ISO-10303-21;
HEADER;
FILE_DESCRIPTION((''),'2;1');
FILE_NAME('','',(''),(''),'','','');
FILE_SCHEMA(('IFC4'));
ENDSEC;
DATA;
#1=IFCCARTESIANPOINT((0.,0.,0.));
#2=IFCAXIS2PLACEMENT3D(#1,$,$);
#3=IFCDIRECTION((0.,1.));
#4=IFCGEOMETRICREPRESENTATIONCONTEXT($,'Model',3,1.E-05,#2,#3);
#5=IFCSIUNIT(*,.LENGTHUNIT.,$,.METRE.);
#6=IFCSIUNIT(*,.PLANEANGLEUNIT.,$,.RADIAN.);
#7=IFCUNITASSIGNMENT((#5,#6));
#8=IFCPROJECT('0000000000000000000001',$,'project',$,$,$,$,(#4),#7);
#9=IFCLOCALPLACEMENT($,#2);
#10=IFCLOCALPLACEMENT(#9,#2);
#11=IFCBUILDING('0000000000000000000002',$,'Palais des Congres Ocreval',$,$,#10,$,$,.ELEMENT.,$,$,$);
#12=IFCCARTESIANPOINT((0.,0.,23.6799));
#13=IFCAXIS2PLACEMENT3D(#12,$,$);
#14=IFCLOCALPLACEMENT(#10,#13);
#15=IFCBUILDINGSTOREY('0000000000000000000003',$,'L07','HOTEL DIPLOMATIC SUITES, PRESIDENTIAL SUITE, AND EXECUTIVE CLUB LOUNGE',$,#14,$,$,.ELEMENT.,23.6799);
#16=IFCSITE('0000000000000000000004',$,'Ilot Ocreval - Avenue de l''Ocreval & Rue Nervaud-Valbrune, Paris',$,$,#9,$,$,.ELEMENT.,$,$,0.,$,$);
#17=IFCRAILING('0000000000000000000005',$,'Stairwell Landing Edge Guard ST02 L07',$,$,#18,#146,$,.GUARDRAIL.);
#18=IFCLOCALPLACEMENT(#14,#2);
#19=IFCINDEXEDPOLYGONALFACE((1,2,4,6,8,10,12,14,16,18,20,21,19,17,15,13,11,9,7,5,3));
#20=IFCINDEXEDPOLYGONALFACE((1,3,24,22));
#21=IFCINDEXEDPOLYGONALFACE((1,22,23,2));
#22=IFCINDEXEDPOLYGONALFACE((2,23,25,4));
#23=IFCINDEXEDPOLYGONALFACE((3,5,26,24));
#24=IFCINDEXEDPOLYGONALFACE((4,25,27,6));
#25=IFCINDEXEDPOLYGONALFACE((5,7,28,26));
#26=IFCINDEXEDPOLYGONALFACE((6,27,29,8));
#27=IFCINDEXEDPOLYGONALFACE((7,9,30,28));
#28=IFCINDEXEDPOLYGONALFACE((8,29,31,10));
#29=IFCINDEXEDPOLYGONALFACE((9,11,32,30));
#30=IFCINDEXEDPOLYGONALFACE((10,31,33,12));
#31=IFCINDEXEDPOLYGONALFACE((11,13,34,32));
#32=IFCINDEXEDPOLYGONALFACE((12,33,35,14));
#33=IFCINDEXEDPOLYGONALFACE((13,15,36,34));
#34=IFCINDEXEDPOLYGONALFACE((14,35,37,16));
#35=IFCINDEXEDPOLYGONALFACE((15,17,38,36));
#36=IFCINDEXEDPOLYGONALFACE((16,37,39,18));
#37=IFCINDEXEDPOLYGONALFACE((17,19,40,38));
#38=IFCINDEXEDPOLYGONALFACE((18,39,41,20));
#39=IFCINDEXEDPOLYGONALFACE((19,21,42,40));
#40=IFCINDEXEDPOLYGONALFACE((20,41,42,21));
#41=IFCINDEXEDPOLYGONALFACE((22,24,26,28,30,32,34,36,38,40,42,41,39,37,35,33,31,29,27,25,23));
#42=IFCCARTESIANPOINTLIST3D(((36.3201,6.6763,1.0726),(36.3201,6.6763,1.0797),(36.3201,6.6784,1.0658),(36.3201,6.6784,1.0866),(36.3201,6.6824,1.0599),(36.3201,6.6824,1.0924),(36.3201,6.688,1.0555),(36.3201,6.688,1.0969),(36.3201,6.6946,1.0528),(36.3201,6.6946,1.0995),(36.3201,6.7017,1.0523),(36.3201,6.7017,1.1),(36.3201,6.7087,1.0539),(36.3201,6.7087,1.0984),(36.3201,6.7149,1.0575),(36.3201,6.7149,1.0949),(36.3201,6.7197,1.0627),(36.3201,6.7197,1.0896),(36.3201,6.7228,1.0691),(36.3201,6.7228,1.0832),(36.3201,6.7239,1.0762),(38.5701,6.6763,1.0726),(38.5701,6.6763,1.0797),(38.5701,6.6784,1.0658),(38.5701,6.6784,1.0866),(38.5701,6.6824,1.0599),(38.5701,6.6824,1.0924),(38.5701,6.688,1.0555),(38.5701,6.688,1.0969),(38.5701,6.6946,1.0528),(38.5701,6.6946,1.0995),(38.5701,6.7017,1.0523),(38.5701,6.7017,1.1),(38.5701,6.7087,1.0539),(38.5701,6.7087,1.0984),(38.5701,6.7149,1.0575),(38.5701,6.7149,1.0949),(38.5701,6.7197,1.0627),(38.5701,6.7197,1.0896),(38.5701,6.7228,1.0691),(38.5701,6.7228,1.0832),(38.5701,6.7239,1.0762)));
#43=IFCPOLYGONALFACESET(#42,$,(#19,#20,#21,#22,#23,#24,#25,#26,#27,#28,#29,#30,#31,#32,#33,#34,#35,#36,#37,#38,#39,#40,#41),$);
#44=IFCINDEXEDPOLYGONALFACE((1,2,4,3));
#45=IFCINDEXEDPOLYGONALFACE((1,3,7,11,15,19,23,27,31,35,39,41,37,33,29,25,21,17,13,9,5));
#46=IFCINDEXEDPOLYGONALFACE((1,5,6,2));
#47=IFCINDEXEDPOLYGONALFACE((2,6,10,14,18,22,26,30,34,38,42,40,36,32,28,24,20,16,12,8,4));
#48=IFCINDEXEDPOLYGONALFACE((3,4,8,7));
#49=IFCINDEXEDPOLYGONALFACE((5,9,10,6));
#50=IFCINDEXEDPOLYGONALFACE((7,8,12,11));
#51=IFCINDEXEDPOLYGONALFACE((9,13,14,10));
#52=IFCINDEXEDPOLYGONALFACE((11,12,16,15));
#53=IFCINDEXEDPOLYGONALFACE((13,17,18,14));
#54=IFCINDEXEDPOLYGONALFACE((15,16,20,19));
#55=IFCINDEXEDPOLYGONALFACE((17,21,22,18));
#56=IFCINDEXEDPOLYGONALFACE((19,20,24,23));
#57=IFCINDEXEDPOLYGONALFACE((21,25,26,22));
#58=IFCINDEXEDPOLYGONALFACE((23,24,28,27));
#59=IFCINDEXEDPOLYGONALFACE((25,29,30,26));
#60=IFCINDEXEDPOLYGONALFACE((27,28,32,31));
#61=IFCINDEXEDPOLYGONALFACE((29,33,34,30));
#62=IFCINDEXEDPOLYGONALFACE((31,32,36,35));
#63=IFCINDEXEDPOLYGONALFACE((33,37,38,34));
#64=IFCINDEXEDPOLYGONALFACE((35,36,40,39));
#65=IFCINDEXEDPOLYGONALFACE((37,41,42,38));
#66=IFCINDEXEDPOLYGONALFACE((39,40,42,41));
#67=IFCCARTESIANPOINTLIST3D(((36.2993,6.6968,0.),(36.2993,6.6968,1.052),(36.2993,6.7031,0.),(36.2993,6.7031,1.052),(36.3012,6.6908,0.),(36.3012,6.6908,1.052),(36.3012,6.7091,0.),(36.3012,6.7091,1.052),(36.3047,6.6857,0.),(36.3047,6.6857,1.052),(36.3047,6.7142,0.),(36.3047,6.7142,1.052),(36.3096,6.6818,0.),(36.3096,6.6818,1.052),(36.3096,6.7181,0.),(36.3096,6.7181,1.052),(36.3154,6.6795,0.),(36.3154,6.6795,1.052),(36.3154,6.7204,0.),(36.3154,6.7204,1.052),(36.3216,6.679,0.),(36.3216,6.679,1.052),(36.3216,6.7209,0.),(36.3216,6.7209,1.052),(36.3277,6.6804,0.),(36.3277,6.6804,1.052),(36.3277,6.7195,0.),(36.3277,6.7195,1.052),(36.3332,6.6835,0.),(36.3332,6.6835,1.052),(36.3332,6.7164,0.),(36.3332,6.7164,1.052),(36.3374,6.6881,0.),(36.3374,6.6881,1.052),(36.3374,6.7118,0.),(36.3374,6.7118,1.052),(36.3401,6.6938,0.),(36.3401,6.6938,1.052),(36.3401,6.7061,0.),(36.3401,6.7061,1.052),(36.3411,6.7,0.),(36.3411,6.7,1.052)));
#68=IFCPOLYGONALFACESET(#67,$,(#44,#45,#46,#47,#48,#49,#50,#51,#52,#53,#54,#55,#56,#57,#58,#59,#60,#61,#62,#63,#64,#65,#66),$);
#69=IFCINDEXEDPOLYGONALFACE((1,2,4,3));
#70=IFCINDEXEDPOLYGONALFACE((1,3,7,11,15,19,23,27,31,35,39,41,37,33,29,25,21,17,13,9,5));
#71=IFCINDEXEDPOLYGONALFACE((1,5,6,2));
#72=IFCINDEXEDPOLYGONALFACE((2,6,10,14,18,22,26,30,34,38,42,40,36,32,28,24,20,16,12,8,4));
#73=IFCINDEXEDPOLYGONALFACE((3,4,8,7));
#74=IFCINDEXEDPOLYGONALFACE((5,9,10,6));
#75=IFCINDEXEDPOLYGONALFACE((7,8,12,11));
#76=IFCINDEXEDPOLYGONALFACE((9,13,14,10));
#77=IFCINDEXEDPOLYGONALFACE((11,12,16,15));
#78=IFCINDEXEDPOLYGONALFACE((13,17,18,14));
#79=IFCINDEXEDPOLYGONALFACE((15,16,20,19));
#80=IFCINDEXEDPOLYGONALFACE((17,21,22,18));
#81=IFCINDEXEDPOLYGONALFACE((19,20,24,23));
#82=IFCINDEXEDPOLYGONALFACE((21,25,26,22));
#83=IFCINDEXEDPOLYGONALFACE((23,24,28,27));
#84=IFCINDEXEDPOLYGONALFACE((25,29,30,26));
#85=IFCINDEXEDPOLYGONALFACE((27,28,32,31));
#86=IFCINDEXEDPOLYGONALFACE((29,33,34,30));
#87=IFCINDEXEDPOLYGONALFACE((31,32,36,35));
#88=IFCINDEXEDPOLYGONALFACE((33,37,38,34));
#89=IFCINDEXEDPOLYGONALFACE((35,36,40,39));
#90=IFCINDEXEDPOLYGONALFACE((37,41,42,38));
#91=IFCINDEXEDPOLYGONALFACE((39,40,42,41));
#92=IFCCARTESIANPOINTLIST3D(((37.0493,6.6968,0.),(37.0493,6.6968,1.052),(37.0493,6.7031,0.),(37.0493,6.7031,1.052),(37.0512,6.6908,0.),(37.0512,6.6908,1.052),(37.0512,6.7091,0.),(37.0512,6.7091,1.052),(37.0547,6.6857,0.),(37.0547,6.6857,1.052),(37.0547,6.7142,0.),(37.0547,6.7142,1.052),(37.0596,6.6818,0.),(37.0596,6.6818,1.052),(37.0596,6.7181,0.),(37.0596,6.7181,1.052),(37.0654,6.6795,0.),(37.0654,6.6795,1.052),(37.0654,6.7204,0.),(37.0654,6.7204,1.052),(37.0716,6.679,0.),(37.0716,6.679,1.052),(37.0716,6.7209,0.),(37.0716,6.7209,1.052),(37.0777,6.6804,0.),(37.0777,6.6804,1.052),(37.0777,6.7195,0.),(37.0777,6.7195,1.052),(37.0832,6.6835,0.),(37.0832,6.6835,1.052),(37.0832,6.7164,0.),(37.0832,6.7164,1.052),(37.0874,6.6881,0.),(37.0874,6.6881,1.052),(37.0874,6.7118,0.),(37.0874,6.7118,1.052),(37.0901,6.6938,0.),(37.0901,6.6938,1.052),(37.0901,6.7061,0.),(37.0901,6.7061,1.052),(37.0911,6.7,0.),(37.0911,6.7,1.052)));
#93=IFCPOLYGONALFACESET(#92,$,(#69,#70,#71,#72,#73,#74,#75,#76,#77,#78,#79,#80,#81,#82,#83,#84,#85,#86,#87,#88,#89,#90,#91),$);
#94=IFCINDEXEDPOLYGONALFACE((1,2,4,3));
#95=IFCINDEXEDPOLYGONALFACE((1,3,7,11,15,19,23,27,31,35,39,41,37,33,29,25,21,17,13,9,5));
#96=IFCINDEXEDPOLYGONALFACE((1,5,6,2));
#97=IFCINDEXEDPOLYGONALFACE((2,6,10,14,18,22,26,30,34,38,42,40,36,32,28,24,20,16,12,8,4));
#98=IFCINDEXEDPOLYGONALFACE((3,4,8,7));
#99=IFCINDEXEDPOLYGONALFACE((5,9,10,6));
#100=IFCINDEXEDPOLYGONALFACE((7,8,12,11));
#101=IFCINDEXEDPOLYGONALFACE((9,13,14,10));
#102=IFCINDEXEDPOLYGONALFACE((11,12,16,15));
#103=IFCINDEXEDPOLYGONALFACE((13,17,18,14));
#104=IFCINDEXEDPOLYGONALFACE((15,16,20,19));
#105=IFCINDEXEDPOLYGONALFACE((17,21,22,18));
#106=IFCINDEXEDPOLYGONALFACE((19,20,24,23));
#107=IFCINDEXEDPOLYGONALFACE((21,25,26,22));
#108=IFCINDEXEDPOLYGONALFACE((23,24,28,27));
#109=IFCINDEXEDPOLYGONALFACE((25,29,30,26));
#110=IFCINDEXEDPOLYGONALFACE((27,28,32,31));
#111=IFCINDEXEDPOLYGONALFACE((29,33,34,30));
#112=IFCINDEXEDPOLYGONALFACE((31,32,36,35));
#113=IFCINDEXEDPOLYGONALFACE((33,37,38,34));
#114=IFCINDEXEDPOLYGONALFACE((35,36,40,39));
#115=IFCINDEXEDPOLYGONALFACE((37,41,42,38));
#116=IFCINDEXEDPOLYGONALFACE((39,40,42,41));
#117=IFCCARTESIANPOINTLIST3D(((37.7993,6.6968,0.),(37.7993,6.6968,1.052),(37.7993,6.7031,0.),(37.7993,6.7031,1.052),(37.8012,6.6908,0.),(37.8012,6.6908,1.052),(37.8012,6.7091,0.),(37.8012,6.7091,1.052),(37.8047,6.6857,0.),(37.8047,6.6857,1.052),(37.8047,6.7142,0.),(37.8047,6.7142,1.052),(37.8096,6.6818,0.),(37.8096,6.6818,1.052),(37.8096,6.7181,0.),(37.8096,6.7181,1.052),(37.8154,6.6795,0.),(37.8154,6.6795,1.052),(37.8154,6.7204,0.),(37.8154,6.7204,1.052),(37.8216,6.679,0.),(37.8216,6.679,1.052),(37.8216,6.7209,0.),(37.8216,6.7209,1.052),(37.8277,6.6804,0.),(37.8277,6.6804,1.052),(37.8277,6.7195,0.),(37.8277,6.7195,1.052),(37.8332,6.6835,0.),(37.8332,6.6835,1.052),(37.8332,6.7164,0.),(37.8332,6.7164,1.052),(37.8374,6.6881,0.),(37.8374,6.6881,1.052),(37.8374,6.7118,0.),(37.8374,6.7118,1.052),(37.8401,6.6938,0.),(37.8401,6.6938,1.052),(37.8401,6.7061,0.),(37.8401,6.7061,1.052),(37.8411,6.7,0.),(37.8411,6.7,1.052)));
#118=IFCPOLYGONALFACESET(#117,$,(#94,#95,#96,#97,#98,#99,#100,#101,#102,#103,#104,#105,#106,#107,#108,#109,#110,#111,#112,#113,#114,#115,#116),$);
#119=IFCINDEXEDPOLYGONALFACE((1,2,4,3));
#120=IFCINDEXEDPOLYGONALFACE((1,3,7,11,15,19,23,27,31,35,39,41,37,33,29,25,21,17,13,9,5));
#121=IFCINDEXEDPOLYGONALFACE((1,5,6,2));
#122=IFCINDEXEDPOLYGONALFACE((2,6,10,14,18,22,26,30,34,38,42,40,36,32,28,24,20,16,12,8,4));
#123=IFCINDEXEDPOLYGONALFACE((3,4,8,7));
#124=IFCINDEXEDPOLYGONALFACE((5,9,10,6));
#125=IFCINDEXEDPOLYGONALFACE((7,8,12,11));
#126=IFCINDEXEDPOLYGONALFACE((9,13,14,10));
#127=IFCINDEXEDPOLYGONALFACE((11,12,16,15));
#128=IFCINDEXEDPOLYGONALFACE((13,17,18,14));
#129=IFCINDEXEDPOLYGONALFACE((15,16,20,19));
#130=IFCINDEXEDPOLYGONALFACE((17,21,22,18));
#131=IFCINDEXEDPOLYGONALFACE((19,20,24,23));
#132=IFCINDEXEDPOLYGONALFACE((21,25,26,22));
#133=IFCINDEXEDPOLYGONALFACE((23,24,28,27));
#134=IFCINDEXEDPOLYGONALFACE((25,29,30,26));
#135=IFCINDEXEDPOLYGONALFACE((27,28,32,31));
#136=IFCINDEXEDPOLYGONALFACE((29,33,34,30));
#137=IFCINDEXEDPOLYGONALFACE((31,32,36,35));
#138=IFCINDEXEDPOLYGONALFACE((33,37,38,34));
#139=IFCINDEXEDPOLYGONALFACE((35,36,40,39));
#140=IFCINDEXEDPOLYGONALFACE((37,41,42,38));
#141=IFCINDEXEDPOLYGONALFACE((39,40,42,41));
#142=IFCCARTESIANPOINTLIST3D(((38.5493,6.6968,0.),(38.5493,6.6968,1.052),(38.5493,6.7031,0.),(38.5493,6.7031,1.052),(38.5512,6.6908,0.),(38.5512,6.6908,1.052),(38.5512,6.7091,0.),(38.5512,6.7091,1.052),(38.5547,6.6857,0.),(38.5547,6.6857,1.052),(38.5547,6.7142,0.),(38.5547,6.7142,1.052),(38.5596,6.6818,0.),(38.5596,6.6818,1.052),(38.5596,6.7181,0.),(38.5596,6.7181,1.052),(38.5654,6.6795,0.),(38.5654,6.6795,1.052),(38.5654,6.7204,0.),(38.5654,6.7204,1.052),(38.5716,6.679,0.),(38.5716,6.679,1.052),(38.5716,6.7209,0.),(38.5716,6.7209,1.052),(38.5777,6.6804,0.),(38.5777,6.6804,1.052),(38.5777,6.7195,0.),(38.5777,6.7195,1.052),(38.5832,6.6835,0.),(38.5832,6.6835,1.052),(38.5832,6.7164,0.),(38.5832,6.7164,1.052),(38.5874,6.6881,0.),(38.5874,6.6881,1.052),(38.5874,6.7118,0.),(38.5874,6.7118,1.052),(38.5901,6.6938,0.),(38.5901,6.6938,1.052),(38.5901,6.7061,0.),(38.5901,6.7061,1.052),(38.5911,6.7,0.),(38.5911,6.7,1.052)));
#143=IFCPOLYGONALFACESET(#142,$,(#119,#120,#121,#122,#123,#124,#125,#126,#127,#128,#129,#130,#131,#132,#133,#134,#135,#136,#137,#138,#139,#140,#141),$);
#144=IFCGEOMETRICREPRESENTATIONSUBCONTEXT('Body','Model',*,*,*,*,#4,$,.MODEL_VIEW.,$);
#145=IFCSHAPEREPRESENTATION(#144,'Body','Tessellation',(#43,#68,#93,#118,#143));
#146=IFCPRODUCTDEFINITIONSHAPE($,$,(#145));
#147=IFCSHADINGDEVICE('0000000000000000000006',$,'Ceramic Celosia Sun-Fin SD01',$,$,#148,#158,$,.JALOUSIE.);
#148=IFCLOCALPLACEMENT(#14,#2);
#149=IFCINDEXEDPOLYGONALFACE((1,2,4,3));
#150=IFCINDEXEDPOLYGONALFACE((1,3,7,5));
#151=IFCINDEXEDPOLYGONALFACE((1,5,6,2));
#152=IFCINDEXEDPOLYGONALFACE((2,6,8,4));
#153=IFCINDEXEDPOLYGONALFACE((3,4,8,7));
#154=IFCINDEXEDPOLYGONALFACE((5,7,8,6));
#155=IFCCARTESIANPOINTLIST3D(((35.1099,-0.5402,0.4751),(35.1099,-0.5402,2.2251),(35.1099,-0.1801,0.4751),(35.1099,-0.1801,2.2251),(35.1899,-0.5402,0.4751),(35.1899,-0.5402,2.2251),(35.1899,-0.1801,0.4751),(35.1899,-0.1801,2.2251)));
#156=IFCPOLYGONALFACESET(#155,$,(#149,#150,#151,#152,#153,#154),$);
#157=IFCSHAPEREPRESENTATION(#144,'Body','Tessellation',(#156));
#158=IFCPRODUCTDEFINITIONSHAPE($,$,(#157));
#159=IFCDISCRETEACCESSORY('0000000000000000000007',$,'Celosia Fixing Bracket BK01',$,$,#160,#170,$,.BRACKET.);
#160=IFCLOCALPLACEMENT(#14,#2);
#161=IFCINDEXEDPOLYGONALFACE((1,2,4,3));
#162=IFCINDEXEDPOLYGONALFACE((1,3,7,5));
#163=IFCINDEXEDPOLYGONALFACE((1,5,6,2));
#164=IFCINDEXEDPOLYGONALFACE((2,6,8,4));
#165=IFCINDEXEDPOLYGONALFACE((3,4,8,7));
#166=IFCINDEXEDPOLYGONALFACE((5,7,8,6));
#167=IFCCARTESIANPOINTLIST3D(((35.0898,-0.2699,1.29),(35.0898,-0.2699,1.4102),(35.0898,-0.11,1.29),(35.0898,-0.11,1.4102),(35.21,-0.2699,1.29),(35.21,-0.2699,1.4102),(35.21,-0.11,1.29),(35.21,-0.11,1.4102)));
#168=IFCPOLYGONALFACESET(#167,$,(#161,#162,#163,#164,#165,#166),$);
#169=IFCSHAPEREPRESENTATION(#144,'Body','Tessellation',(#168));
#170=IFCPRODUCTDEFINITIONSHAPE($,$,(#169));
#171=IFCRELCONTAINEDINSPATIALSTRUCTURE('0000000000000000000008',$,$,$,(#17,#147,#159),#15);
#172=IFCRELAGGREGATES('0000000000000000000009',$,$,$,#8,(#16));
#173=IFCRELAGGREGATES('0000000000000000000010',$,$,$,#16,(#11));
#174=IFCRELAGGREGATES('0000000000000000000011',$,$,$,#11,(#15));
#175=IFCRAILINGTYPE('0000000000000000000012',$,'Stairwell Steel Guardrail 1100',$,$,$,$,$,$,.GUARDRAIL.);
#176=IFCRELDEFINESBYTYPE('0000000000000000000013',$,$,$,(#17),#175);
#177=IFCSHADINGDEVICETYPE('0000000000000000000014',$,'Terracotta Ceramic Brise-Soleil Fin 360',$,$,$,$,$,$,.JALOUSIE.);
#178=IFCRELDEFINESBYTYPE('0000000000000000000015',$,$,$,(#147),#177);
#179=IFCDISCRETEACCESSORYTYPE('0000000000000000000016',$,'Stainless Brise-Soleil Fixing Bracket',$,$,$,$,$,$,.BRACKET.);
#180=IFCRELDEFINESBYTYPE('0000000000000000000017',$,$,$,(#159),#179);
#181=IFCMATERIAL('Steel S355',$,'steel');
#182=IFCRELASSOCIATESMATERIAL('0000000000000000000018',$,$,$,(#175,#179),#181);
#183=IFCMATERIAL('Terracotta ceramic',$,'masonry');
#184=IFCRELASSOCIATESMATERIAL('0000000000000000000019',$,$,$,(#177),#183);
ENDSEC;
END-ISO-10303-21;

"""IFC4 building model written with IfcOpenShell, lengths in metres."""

from ifc_helpers import new_model, si_unit, direction, frame, origin, origin_2d, place, context, subcontext, project, spatial, rectangle, circle, extrude, material, type_object, element, save


model = new_model("IFC4")

# Units and contexts
model_context = context("Model", 3, precision=1e-05, world=origin(), true_north=direction((0.0, 1.0)))
body_context = subcontext(model_context, "Body", "Model", "MODEL_VIEW")
ifc_project = project(units=[si_unit("LENGTHUNIT", "METRE"), si_unit("PLANEANGLEUNIT", "RADIAN")], contexts=[model_context])

# Site, building, storey
site_placement = place(None, origin())
site = spatial("IfcSite", under=ifc_project, at=site_placement, Name="Ilot Ocreval - Avenue de l'Ocreval & Rue Nervaud-Valbrune, Paris", CompositionType="ELEMENT", RefElevation=0.0)
building_placement = place(site_placement, origin())
building = spatial("IfcBuilding", under=site, at=building_placement, Name="Palais des Congres Ocreval", CompositionType="ELEMENT")
storey_placement = place(building_placement, frame((0.0, 0.0, 23.6799)))
storey = spatial("IfcBuildingStorey", under=building, at=storey_placement, Name="L07", Description="HOTEL DIPLOMATIC SUITES, PRESIDENTIAL SUITE, AND EXECUTIVE CLUB LOUNGE", CompositionType="ELEMENT", Elevation=23.6799)

# Shared definitions
ifc_material_1 = material(Name="Steel S355", Category="steel")

# Railing
railing_type_1 = type_object("IfcRailingType", Name="Stairwell Steel Guardrail 1100", PredefinedType="GUARDRAIL", material=ifc_material_1)
railing_1_placement = place(storey_placement, frame((36.3201, 6.7, 0.0)))
element("IfcRailing", 1, at=railing_1_placement, inside=storey, type_object=railing_type_1, Name="Stairwell Landing Edge Guard ST02 L07", PredefinedType="GUARDRAIL", context=body_context, shape_type="SweptSolid", body=[
    extrude(circle(Radius=0.0239, at=origin_2d()), frame((0.0, 0.0, 1.0762), z_axis=(1.0, 0.0, 0.0), x_axis=(0.0, 1.0, 0.0)), (0.0, 0.0, 1.0), 2.25),
    extrude(circle(Radius=0.021, at=origin_2d()), origin(), (0.0, 0.0, 1.0), 1.052),
    extrude(circle(Radius=0.021, at=origin_2d()), frame((0.75, 0.0, 0.0)), (0.0, 0.0, 1.0), 1.052),
    extrude(circle(Radius=0.021, at=origin_2d()), frame((1.5, 0.0, 0.0)), (0.0, 0.0, 1.0), 1.052),
    extrude(circle(Radius=0.021, at=origin_2d()), frame((2.25, 0.0, 0.0)), (0.0, 0.0, 1.0), 1.052),
])

# Shading device
ifc_material_2 = material(Name="Terracotta ceramic", Category="masonry")
shading_device_type = type_object("IfcShadingDeviceType", Name="Terracotta Ceramic Brise-Soleil Fin 360", PredefinedType="JALOUSIE", material=ifc_material_2)
shading_device_placement = place(storey_placement, frame((35.1499, -0.3601, 0.4751), z_axis=(0.0, 0.0, 1.0), x_axis=(0.0, -1.0, 0.0)))
element("IfcShadingDevice", 2, at=shading_device_placement, inside=storey, type_object=shading_device_type, Name="Ceramic Celosia Sun-Fin SD01", PredefinedType="JALOUSIE", context=body_context, shape_type="SweptSolid", body=[
    extrude(rectangle(XDim=0.3601, YDim=0.0801, at=origin_2d()), origin(), (0.0, 0.0, 1.0), 1.75),
])

# Discrete accessory
discrete_accessory_type = type_object("IfcDiscreteAccessoryType", Name="Stainless Brise-Soleil Fixing Bracket", PredefinedType="BRACKET", material=ifc_material_1)
discrete_accessory_placement = place(storey_placement, frame((35.1499, -0.1899, 1.29), z_axis=(0.0, 0.0, 1.0), x_axis=(0.0, -1.0, 0.0)))
element("IfcDiscreteAccessory", 3, at=discrete_accessory_placement, inside=storey, type_object=discrete_accessory_type, Name="Celosia Fixing Bracket BK01", PredefinedType="BRACKET", context=body_context, shape_type="SweptSolid", body=[
    extrude(rectangle(XDim=0.1599, YDim=0.1201, at=origin_2d()), origin(), (0.0, 0.0, 1.0), 0.1201),
])

save(model, "model.ifc")
